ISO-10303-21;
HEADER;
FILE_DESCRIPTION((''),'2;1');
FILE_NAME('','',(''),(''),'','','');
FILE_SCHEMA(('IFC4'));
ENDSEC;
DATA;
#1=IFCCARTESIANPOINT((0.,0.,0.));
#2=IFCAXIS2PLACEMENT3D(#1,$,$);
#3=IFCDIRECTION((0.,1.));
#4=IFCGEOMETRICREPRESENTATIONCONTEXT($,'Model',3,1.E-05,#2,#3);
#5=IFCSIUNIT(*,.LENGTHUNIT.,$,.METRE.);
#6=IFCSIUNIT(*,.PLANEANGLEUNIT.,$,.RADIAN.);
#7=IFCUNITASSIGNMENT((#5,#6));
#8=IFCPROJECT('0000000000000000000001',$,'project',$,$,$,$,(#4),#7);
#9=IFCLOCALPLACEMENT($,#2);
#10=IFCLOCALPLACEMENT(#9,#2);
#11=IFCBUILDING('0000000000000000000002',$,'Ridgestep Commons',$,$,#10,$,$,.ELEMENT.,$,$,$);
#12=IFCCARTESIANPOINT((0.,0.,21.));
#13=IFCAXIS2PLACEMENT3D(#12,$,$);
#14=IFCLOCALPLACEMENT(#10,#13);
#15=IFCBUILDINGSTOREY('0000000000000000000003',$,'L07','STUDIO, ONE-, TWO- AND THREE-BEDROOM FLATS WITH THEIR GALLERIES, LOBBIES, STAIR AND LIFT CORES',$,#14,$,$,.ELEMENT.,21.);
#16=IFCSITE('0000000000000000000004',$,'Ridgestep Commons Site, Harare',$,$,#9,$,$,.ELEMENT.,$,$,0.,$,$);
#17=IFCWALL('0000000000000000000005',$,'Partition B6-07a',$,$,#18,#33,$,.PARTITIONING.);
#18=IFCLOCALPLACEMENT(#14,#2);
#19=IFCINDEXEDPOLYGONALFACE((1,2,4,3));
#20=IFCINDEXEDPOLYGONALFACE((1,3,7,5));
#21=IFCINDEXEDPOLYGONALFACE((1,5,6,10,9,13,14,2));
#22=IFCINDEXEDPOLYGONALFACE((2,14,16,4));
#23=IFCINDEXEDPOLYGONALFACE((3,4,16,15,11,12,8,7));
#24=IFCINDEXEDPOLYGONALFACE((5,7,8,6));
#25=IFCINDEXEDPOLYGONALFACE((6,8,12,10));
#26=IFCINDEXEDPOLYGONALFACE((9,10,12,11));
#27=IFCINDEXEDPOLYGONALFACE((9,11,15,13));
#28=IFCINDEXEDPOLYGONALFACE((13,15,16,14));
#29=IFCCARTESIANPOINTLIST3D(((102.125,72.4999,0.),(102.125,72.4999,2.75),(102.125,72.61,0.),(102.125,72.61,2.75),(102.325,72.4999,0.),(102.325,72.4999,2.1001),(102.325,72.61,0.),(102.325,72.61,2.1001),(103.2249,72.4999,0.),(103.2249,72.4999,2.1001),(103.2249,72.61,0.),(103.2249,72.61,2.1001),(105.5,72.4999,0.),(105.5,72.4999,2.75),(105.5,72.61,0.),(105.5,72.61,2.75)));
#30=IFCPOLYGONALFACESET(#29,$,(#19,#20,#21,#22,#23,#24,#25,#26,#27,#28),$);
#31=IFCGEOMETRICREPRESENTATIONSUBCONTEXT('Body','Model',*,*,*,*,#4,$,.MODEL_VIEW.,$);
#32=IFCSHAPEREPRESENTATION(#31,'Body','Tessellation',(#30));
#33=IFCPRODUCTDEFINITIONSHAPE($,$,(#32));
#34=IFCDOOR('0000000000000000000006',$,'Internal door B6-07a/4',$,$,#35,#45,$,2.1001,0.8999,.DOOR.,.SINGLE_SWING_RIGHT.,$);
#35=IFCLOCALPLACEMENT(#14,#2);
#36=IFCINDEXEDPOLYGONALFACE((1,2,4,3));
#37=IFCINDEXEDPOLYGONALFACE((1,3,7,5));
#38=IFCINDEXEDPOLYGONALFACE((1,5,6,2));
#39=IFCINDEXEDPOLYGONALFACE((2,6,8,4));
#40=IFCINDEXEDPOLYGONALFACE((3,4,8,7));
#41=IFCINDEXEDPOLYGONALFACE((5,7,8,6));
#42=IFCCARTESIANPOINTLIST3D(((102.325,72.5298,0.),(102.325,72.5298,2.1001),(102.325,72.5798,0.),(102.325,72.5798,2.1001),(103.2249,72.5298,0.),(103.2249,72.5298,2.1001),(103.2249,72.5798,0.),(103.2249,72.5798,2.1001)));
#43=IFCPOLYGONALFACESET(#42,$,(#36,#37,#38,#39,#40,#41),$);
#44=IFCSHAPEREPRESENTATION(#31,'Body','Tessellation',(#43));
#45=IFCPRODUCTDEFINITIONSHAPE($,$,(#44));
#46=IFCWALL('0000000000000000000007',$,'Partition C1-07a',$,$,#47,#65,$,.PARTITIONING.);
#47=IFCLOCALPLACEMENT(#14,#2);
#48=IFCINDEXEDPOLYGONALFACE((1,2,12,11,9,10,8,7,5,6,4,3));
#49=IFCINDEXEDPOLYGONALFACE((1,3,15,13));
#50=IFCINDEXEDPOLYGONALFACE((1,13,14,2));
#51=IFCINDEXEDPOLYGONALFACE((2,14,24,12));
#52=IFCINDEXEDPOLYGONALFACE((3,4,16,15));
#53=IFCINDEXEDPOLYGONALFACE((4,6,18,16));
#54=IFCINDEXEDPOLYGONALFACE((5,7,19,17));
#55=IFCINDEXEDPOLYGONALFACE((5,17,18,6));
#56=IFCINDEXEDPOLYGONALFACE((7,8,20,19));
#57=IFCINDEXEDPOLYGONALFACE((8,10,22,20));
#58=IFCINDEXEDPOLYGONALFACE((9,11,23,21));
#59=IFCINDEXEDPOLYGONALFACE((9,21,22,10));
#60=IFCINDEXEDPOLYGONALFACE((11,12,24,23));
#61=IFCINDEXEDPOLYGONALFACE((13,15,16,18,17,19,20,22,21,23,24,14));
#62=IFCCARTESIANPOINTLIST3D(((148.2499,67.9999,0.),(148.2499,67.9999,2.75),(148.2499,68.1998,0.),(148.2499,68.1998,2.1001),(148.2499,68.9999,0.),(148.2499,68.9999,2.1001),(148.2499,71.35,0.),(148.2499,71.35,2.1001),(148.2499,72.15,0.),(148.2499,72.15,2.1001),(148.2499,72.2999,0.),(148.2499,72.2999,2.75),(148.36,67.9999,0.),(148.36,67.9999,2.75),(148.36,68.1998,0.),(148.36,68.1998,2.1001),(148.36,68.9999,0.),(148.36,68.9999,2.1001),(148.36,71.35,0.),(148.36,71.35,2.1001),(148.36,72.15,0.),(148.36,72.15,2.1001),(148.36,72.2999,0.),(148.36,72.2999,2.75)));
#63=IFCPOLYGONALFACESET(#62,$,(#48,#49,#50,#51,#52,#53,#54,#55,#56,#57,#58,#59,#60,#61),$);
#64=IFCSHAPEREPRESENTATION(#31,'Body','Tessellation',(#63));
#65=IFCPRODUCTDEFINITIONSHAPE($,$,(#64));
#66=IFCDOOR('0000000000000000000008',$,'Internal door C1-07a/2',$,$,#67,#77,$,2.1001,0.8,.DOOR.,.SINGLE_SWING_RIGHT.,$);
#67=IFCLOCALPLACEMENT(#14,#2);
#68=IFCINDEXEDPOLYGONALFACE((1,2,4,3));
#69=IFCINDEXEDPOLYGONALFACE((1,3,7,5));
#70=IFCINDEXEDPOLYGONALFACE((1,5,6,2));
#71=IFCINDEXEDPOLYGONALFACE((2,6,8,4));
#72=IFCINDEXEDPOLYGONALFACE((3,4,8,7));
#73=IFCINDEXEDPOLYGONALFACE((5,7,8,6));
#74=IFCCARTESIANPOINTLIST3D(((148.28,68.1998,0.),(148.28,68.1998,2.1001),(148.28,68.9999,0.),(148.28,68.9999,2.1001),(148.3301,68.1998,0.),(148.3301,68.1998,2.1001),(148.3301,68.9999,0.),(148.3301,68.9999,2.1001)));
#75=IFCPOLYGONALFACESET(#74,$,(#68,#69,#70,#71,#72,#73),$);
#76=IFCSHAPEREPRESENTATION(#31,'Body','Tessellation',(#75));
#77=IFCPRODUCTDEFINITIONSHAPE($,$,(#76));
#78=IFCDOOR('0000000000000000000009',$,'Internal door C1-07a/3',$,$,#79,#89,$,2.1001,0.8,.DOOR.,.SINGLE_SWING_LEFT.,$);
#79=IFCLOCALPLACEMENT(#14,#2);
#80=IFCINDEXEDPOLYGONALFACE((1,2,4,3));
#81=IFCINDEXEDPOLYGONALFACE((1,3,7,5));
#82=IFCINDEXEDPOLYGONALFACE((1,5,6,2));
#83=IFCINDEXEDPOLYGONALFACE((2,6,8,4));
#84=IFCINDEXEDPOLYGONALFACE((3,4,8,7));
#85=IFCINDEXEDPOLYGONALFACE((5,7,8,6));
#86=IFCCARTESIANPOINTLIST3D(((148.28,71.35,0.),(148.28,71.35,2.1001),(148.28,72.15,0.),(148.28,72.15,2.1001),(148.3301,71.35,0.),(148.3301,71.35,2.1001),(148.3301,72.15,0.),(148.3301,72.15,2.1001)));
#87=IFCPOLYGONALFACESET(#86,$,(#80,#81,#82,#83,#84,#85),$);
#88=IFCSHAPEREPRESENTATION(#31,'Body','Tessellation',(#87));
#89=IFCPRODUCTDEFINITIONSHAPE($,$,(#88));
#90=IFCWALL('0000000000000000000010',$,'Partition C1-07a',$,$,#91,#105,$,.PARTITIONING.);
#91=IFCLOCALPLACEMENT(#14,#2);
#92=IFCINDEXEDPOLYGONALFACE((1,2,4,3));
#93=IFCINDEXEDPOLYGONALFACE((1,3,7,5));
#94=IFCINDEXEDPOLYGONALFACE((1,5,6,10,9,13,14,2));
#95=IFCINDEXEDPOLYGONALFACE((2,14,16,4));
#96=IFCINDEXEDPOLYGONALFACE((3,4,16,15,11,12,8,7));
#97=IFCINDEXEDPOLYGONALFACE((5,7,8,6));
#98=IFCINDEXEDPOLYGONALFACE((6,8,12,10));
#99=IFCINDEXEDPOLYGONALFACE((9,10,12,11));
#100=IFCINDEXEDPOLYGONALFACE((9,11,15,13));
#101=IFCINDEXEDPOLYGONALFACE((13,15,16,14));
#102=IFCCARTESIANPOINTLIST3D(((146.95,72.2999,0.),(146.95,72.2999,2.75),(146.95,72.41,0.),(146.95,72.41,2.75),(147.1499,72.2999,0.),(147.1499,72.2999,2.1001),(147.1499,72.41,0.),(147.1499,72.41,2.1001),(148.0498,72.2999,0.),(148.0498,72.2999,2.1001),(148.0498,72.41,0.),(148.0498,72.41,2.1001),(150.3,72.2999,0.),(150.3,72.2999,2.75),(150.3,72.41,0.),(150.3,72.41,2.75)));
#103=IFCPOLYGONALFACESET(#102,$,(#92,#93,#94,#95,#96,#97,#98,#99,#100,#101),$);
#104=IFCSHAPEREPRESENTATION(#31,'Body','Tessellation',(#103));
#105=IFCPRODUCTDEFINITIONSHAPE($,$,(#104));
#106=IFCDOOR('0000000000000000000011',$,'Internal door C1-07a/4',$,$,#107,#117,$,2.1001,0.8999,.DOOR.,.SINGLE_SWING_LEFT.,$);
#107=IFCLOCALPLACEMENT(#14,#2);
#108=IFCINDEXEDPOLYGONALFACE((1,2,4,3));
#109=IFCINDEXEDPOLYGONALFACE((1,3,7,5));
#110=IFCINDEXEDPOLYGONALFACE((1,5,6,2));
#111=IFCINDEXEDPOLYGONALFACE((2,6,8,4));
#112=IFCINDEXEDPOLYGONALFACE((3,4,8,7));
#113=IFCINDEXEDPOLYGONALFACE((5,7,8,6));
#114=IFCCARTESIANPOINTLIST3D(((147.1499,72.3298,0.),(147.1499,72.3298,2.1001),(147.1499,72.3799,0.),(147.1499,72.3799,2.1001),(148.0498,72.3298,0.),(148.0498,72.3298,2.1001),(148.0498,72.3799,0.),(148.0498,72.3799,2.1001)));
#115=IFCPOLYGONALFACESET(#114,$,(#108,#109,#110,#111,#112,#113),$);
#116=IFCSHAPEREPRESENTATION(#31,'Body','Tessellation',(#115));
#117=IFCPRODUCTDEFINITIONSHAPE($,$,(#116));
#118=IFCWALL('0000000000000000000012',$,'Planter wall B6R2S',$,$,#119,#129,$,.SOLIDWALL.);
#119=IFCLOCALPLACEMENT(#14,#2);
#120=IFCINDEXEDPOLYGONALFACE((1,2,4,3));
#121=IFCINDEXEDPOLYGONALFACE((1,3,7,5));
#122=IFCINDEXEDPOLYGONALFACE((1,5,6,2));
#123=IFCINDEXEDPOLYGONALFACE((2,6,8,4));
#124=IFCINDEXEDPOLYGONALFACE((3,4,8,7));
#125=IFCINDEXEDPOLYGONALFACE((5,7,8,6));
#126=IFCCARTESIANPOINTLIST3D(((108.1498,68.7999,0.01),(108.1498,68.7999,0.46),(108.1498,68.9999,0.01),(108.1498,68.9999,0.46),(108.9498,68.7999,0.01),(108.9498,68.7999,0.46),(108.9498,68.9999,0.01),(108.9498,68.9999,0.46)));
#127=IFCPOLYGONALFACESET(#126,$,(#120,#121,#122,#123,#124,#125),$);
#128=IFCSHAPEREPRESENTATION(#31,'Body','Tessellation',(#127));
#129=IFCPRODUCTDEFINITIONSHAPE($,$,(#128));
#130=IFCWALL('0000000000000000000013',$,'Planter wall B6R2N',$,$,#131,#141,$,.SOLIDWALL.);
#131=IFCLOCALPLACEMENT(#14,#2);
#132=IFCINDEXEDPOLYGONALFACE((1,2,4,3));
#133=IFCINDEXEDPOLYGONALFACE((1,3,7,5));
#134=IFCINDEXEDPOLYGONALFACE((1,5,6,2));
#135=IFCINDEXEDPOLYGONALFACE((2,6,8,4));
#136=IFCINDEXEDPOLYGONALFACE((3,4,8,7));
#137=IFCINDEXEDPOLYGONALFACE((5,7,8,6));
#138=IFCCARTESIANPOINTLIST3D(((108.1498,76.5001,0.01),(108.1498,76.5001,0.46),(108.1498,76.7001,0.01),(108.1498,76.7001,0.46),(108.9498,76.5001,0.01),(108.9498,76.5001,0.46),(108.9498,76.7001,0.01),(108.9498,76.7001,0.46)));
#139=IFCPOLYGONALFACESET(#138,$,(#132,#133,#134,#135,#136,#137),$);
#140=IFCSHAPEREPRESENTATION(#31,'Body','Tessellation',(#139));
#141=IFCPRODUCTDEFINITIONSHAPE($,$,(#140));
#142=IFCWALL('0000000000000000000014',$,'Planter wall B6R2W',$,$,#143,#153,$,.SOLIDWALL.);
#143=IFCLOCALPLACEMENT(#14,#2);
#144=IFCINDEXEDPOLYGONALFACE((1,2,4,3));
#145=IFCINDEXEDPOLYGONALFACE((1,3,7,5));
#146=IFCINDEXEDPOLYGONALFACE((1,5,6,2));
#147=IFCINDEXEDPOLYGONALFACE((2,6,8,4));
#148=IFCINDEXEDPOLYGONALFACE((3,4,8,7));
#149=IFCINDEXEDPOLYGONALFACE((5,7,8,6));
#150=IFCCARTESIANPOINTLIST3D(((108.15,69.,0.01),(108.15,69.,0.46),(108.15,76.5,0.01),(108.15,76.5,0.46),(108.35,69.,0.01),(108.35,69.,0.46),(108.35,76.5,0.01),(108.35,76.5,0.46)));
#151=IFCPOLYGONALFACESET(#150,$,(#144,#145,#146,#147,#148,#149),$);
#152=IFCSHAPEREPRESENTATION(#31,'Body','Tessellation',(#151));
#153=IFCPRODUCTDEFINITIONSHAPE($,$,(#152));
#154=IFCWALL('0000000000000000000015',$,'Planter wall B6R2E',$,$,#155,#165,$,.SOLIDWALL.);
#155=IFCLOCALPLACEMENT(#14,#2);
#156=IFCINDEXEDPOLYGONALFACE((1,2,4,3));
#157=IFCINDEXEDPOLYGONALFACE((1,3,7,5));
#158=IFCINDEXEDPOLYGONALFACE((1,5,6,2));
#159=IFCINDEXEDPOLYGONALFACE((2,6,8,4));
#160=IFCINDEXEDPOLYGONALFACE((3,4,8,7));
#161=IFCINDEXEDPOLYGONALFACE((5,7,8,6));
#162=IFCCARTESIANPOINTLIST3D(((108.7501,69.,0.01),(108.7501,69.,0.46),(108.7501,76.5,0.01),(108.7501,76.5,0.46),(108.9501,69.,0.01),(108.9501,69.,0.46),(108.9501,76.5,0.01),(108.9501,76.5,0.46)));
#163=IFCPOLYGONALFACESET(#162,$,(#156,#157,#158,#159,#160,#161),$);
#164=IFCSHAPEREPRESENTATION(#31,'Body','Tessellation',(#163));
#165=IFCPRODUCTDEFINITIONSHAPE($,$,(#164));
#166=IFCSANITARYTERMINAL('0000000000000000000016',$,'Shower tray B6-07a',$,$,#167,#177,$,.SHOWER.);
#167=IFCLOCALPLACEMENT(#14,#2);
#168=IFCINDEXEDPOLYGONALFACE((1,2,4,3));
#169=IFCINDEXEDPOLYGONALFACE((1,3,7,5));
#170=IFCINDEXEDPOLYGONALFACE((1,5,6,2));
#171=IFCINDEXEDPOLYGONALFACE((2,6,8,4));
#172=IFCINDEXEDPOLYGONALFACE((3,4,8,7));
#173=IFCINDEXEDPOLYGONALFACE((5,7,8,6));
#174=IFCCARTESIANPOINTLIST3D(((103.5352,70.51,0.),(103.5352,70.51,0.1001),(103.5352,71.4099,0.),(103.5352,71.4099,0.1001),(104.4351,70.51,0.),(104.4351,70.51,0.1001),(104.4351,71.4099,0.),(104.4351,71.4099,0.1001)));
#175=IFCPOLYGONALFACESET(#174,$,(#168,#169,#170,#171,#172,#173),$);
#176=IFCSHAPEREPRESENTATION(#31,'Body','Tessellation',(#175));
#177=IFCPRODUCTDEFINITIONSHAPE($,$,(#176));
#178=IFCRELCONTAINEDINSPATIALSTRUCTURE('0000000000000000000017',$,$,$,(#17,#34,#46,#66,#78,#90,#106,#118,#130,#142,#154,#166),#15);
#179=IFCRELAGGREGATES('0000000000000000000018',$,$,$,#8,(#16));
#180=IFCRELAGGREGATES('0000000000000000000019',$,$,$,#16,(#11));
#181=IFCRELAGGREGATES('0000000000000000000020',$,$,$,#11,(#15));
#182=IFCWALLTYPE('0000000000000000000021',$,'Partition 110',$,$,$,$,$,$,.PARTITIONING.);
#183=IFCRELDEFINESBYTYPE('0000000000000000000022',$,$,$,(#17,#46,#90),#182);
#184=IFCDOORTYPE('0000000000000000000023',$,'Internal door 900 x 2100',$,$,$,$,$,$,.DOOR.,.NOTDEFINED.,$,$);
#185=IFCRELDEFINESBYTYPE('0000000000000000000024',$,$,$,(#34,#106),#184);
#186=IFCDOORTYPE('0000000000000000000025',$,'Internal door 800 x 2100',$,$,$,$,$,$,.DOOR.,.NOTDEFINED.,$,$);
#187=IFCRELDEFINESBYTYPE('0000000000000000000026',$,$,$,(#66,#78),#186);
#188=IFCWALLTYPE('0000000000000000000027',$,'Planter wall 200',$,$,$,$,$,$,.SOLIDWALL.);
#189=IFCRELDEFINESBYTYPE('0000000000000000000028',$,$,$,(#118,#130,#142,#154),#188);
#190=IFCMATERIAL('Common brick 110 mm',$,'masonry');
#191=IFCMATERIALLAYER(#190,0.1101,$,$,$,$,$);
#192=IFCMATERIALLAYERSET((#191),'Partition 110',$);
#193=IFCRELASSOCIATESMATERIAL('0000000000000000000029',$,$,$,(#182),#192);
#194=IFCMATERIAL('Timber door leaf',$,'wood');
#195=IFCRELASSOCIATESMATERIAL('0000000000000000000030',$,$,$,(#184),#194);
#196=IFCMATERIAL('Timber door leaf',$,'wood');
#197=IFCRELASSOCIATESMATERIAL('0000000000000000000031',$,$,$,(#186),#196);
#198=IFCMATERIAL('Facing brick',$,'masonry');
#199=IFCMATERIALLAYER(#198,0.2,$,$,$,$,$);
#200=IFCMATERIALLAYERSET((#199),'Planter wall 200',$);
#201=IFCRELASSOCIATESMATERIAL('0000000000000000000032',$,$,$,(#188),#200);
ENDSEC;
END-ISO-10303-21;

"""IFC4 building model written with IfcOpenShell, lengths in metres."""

from ifc_helpers import new_model, si_unit, direction, frame, frame_2d, origin, origin_2d, place, context, subcontext, project, spatial, rectangle, extrude, material, layer, layer_set, type_object, element, fill, save


model = new_model("IFC4")

# Units and contexts
model_context = context("Model", 3, precision=1e-05, world=origin(), true_north=direction((0.0, 1.0)))
body_context = subcontext(model_context, "Body", "Model", "MODEL_VIEW")
ifc_project = project(units=[si_unit("LENGTHUNIT", "METRE"), si_unit("PLANEANGLEUNIT", "RADIAN")], contexts=[model_context])

# Site, building, storey
site_placement = place(None, origin())
site = spatial("IfcSite", under=ifc_project, at=site_placement, Name="Ridgestep Commons Site, Harare", CompositionType="ELEMENT", RefElevation=0.0)
building_placement = place(site_placement, origin())
building = spatial("IfcBuilding", under=site, at=building_placement, Name="Ridgestep Commons", CompositionType="ELEMENT")
storey_placement = place(building_placement, frame((0.0, 0.0, 21.0)))
storey = spatial("IfcBuildingStorey", under=building, at=storey_placement, Name="L07", Description="STUDIO, ONE-, TWO- AND THREE-BEDROOM FLATS WITH THEIR GALLERIES, LOBBIES, STAIR AND LIFT CORES", CompositionType="ELEMENT", Elevation=21.0)

# Shared definitions
ifc_material_1 = material(Name="Common brick 110 mm", Category="masonry")
ifc_layer_1 = layer(ifc_material_1, 0.1101)
ifc_layer_set_1 = layer_set([ifc_layer_1], Name="Partition 110")
wall_type_1 = type_object("IfcWallType", Name="Partition 110", PredefinedType="PARTITIONING", material=ifc_layer_set_1)

# Wall, opening, door
wall_1_placement = place(storey_placement, frame((102.125, 72.5549, 0.0), z_axis=(0.0, 0.0, 1.0), x_axis=(1.0, 0.0, 0.0)))
wall_1 = element("IfcWall", 1, at=wall_1_placement, inside=storey, type_object=wall_type_1, Name="Partition B6-07a", PredefinedType="PARTITIONING", context=body_context, shape_type="SweptSolid", body=[
    extrude(rectangle(XDim=3.375, YDim=0.1101, at=frame_2d((1.6875, 0.0))), origin(), (0.0, 0.0, 1.0), 2.75),
])
opening_1_placement = place(wall_1_placement, frame((0.2, 0.0, 0.0)))
opening_1 = element("IfcOpeningElement", 2, at=opening_1_placement, cuts=wall_1, PredefinedType="OPENING", context=body_context, shape_type="SweptSolid", body=[
    extrude(rectangle(XDim=0.8999, YDim=2.1001, at=frame_2d((0.45, 1.05))), frame((0.0, 0.0649, 0.0), z_axis=(0.0, -1.0, 0.0), x_axis=(1.0, 0.0, 0.0)), (0.0, 0.0, 1.0), 0.1301),
])
ifc_material_2 = material(Name="Timber door leaf", Category="wood")
door_type_1 = type_object("IfcDoorType", Name="Internal door 900 x 2100", OperationType="NOTDEFINED", PredefinedType="DOOR", material=ifc_material_2)
door_1_placement = place(opening_1_placement, origin())
door_1 = element("IfcDoor", 3, at=door_1_placement, inside=storey, type_object=door_type_1, Name="Internal door B6-07a/4", OperationType="SINGLE_SWING_RIGHT", OverallHeight=2.1001, OverallWidth=0.8999, PredefinedType="DOOR", context=body_context, shape_type="SweptSolid", body=[
    extrude(rectangle(XDim=0.8999, YDim=2.1001, at=frame_2d((0.45, 1.05))), frame((0.0, 0.0249, 0.0), z_axis=(0.0, -1.0, 0.0), x_axis=(1.0, 0.0, 0.0)), (0.0, 0.0, 1.0), 0.05),
])
fill(opening_1, door_1)

# Wall, openings, doors
wall_2_placement = place(storey_placement, frame((148.3049, 68.0, 0.0), z_axis=(0.0, 0.0, 1.0), x_axis=(0.0, 1.0, 0.0)))
wall_2 = element("IfcWall", 4, at=wall_2_placement, inside=storey, type_object=wall_type_1, Name="Partition C1-07a", PredefinedType="PARTITIONING", context=body_context, shape_type="SweptSolid", body=[
    extrude(rectangle(XDim=4.3, YDim=0.1101, at=frame_2d((2.1499, 0.0))), origin(), (0.0, 0.0, 1.0), 2.75),
])
opening_2_placement = place(wall_2_placement, frame((0.2, 0.0, 0.0)))
opening_2 = element("IfcOpeningElement", 5, at=opening_2_placement, cuts=wall_2, PredefinedType="OPENING", context=body_context, shape_type="SweptSolid", body=[
    extrude(rectangle(XDim=0.8, YDim=2.1001, at=frame_2d((0.3999, 1.05))), frame((0.0, 0.0649, 0.0), z_axis=(0.0, -1.0, 0.0), x_axis=(1.0, 0.0, 0.0)), (0.0, 0.0, 1.0), 0.1301),
])
opening_3_placement = place(wall_2_placement, frame((3.3501, 0.0, 0.0)))
opening_3 = element("IfcOpeningElement", 6, at=opening_3_placement, cuts=wall_2, PredefinedType="OPENING", context=body_context, shape_type="SweptSolid", body=[
    extrude(rectangle(XDim=0.8, YDim=2.1001, at=frame_2d((0.3999, 1.05))), frame((0.0, 0.0649, 0.0), z_axis=(0.0, -1.0, 0.0), x_axis=(1.0, 0.0, 0.0)), (0.0, 0.0, 1.0), 0.1301),
])
ifc_material_3 = material(Name="Timber door leaf", Category="wood")
door_type_2 = type_object("IfcDoorType", Name="Internal door 800 x 2100", OperationType="NOTDEFINED", PredefinedType="DOOR", material=ifc_material_3)
door_2_placement = place(opening_2_placement, origin())
door_2 = element("IfcDoor", 7, at=door_2_placement, inside=storey, type_object=door_type_2, Name="Internal door C1-07a/2", OperationType="SINGLE_SWING_RIGHT", OverallHeight=2.1001, OverallWidth=0.8, PredefinedType="DOOR", context=body_context, shape_type="SweptSolid", body=[
    extrude(rectangle(XDim=0.8, YDim=2.1001, at=frame_2d((0.3999, 1.05))), frame((0.0, 0.0249, 0.0), z_axis=(0.0, -1.0, 0.0), x_axis=(1.0, 0.0, 0.0)), (0.0, 0.0, 1.0), 0.05),
])
fill(opening_2, door_2)
door_3_placement = place(opening_3_placement, origin())
door_3 = element("IfcDoor", 8, at=door_3_placement, inside=storey, type_object=door_type_2, Name="Internal door C1-07a/3", OperationType="SINGLE_SWING_LEFT", OverallHeight=2.1001, OverallWidth=0.8, PredefinedType="DOOR", context=body_context, shape_type="SweptSolid", body=[
    extrude(rectangle(XDim=0.8, YDim=2.1001, at=frame_2d((0.3999, 1.05))), frame((0.0, 0.0249, 0.0), z_axis=(0.0, -1.0, 0.0), x_axis=(1.0, 0.0, 0.0)), (0.0, 0.0, 1.0), 0.05),
])
fill(opening_3, door_3)

# Wall, opening, door
wall_3_placement = place(storey_placement, frame((146.95, 72.355, 0.0), z_axis=(0.0, 0.0, 1.0), x_axis=(1.0, 0.0, 0.0)))
wall_3 = element("IfcWall", 9, at=wall_3_placement, inside=storey, type_object=wall_type_1, Name="Partition C1-07a", PredefinedType="PARTITIONING", context=body_context, shape_type="SweptSolid", body=[
    extrude(rectangle(XDim=3.3501, YDim=0.1101, at=frame_2d((1.675, 0.0))), origin(), (0.0, 0.0, 1.0), 2.75),
])
opening_4_placement = place(wall_3_placement, frame((0.2, 0.0, 0.0)))
opening_4 = element("IfcOpeningElement", 10, at=opening_4_placement, cuts=wall_3, PredefinedType="OPENING", context=body_context, shape_type="SweptSolid", body=[
    extrude(rectangle(XDim=0.8999, YDim=2.1001, at=frame_2d((0.45, 1.05))), frame((0.0, 0.0649, 0.0), z_axis=(0.0, -1.0, 0.0), x_axis=(1.0, 0.0, 0.0)), (0.0, 0.0, 1.0), 0.1301),
])
door_4_placement = place(opening_4_placement, origin())
door_4 = element("IfcDoor", 11, at=door_4_placement, inside=storey, type_object=door_type_1, Name="Internal door C1-07a/4", OperationType="SINGLE_SWING_LEFT", OverallHeight=2.1001, OverallWidth=0.8999, PredefinedType="DOOR", context=body_context, shape_type="SweptSolid", body=[
    extrude(rectangle(XDim=0.8999, YDim=2.1001, at=frame_2d((0.45, 1.05))), frame((0.0, 0.0249, 0.0), z_axis=(0.0, -1.0, 0.0), x_axis=(1.0, 0.0, 0.0)), (0.0, 0.0, 1.0), 0.05),
])
fill(opening_4, door_4)

# Walls
ifc_material_4 = material(Name="Facing brick", Category="masonry")
ifc_layer_2 = layer(ifc_material_4, 0.2)
ifc_layer_set_2 = layer_set([ifc_layer_2], Name="Planter wall 200")
wall_type_2 = type_object("IfcWallType", Name="Planter wall 200", PredefinedType="SOLIDWALL", material=ifc_layer_set_2)
for number, where, z_axis, x_axis, name in (
    (12, (108.1499, 68.8999, 0.01), (0.0, 0.0, 1.0), (1.0, 0.0, 0.0), "Planter wall B6R2S"),
    (13, (108.1499, 76.6001, 0.01), (0.0, 0.0, 1.0), (1.0, 0.0, 0.0), "Planter wall B6R2N"),
):
    element("IfcWall", number, at=place(storey_placement, frame(where, z_axis=z_axis, x_axis=x_axis)), inside=storey, type_object=wall_type_2, Name=name, PredefinedType="SOLIDWALL", context=body_context, shape_type="SweptSolid", body=[
        extrude(rectangle(XDim=0.8, YDim=0.2, at=frame_2d((0.3999, 0.0))), origin(), (0.0, 0.0, 1.0), 0.45),
    ])
for number, where, z_axis, x_axis, name in (
    (14, (108.25, 69.0, 0.01), (0.0, 0.0, 1.0), (0.0, 1.0, 0.0), "Planter wall B6R2W"),
    (15, (108.8501, 69.0, 0.01), (0.0, 0.0, 1.0), (0.0, 1.0, 0.0), "Planter wall B6R2E"),
):
    element("IfcWall", number, at=place(storey_placement, frame(where, z_axis=z_axis, x_axis=x_axis)), inside=storey, type_object=wall_type_2, Name=name, PredefinedType="SOLIDWALL", context=body_context, shape_type="SweptSolid", body=[
        extrude(rectangle(XDim=7.5, YDim=0.2, at=frame_2d((3.75, 0.0))), origin(), (0.0, 0.0, 1.0), 0.45),
    ])

# Sanitary terminal
sanitary_terminal_1_placement = place(storey_placement, frame((103.9851, 70.96, 0.0), z_axis=(0.0, 0.0, 1.0), x_axis=(1.0, 0.0, 0.0)))
element("IfcSanitaryTerminal", 16, at=sanitary_terminal_1_placement, inside=storey, Name="Shower tray B6-07a", PredefinedType="SHOWER", context=body_context, shape_type="SweptSolid", body=[
    extrude(rectangle(XDim=0.8999, YDim=0.8999, at=origin_2d()), origin(), (0.0, 0.0, 1.0), 0.1001),
])

save(model, "model.ifc")
